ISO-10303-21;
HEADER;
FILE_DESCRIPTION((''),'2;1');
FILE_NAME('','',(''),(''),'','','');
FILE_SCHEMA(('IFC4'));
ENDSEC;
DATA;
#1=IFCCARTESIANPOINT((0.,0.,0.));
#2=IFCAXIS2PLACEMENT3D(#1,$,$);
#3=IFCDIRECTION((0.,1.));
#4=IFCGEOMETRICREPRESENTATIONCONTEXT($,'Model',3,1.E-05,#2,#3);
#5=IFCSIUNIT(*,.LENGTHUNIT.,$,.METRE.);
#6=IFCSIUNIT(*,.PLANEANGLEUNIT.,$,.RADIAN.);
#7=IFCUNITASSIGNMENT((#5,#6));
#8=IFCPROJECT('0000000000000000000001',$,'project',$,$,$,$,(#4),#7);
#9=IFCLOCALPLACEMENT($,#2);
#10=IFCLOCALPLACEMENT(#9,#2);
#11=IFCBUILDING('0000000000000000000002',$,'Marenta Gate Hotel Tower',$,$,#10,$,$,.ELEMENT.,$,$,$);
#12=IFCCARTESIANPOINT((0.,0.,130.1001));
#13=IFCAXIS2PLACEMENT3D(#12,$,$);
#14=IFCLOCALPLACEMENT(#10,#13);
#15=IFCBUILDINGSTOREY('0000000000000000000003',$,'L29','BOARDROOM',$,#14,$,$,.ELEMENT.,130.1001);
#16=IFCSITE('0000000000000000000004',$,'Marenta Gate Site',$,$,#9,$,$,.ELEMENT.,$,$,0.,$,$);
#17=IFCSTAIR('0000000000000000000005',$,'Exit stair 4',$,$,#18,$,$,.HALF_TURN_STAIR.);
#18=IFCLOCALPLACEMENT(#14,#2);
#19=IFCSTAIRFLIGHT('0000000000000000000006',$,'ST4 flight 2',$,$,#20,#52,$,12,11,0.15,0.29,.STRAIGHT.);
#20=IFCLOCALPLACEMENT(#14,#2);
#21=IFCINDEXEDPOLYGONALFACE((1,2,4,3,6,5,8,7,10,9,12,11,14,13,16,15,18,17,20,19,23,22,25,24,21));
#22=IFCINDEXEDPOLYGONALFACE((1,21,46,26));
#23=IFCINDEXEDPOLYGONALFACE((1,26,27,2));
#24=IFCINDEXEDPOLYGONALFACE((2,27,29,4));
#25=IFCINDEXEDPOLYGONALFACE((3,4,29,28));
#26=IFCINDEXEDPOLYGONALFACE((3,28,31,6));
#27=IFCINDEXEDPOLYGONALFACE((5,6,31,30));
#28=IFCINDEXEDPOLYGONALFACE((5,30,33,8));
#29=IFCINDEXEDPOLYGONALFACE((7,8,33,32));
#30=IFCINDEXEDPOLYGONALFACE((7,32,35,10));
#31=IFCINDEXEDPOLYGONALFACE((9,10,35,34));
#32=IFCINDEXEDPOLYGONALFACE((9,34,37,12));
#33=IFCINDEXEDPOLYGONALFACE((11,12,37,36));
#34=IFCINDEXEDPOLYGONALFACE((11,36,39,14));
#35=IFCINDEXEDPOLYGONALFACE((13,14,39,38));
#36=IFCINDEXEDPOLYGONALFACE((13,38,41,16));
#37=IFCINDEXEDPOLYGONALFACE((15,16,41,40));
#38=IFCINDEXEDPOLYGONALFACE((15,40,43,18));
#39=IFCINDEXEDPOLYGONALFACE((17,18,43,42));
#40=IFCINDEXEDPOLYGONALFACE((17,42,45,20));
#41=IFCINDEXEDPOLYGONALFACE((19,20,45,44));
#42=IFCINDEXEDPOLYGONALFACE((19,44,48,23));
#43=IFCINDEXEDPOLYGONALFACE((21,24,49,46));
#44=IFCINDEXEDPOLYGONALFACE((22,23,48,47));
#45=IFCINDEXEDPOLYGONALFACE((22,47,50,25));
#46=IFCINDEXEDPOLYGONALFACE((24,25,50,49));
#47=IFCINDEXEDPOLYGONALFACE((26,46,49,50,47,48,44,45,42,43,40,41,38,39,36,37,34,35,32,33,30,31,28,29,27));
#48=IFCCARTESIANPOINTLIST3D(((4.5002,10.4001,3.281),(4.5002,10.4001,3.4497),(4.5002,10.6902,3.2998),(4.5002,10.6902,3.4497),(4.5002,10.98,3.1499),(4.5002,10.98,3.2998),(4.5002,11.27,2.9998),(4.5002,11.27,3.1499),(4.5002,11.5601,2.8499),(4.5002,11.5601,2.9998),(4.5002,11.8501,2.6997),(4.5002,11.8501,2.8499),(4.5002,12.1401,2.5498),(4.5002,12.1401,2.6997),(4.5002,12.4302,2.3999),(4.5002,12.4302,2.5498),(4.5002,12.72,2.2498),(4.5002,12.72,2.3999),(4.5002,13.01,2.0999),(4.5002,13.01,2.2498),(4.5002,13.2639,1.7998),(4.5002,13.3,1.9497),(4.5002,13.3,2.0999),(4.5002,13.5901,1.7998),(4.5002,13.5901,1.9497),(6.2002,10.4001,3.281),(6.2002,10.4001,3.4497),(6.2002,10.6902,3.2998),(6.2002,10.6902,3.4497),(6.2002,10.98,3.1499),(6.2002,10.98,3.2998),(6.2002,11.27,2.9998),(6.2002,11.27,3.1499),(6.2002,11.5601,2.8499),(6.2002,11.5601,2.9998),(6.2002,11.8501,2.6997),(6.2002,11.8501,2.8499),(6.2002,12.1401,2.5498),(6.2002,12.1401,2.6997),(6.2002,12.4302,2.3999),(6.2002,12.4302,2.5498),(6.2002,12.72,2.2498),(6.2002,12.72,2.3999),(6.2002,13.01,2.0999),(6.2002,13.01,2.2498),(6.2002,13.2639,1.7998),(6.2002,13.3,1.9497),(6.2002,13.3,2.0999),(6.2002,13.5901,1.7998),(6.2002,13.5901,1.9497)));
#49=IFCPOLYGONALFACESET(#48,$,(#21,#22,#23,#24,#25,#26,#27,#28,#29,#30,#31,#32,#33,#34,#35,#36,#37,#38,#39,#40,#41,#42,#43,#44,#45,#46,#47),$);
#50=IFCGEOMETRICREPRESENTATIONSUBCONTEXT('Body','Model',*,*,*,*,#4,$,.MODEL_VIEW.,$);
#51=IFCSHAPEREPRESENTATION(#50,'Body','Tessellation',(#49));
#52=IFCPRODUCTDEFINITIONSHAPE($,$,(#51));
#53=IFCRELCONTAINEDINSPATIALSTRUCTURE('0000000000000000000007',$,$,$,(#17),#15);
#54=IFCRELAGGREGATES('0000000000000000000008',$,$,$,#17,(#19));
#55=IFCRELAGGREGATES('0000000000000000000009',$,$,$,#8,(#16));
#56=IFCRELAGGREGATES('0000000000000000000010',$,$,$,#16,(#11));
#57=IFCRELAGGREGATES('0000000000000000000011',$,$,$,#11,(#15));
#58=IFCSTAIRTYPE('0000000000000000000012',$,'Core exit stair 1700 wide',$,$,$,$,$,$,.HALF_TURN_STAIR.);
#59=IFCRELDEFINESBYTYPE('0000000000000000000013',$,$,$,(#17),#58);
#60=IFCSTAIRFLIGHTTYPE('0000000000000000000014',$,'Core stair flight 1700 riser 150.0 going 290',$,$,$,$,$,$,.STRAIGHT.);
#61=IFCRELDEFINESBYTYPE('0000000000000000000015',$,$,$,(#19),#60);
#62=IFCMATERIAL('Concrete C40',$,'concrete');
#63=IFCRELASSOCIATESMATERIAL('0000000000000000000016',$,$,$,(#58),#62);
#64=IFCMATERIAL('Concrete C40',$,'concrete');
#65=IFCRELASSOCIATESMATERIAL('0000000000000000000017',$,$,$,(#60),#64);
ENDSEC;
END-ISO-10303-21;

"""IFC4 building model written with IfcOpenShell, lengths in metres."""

from ifc_helpers import new_model, si_unit, direction, frame, origin, place, context, subcontext, project, spatial, polyline, outline, extrude, material, type_object, element, aggregate, save


model = new_model("IFC4")

# Units and contexts
model_context = context("Model", 3, precision=1e-05, world=origin(), true_north=direction((0.0, 1.0)))
body_context = subcontext(model_context, "Body", "Model", "MODEL_VIEW")
ifc_project = project(units=[si_unit("LENGTHUNIT", "METRE"), si_unit("PLANEANGLEUNIT", "RADIAN")], contexts=[model_context])

# Site, building, storey
site_placement = place(None, origin())
site = spatial("IfcSite", under=ifc_project, at=site_placement, Name="Marenta Gate Site", CompositionType="ELEMENT", RefElevation=0.0)
building_placement = place(site_placement, origin())
building = spatial("IfcBuilding", under=site, at=building_placement, Name="Marenta Gate Hotel Tower", CompositionType="ELEMENT")
storey_placement = place(building_placement, frame((0.0, 0.0, 130.1001)))
storey = spatial("IfcBuildingStorey", under=building, at=storey_placement, Name="L29", Description="BOARDROOM", CompositionType="ELEMENT", Elevation=130.1001)

# Shared definitions
ifc_material_1 = material(Name="Concrete C40", Category="concrete")
stair_type = type_object("IfcStairType", Name="Core exit stair 1700 wide", PredefinedType="HALF_TURN_STAIR", material=ifc_material_1)
ifc_material_2 = material(Name="Concrete C40", Category="concrete")
stair_flight_type = type_object("IfcStairFlightType", Name="Core stair flight 1700 riser 150.0 going 290", PredefinedType="STRAIGHT", material=ifc_material_2)

# Stair, stair flight
stair_1_placement = place(storey_placement, origin())
stair_1 = element("IfcStair", 1, at=stair_1_placement, inside=storey, type_object=stair_type, Name="Exit stair 4", PredefinedType="HALF_TURN_STAIR")
stair_flight_1_placement = place(storey_placement, frame((5.3501, 13.5901, 1.7998), z_axis=(0.0, 0.0, 1.0), x_axis=(0.0, -1.0, 0.0)))
stair_flight_1 = element("IfcStairFlight", 2, at=stair_flight_1_placement, type_object=stair_flight_type, Name="ST4 flight 2", NumberOfRisers=12, NumberOfTreads=11, PredefinedType="STRAIGHT", RiserHeight=0.15, TreadLength=0.29, context=body_context, shape_type="SweptSolid", body=[
    extrude(outline(polyline([(0.0, 0.0), (0.0, 0.1499), (0.29, 0.1499), (0.29, 0.3), (0.5801, 0.3), (0.5801, 0.45), (0.8701, 0.45), (0.8701, 0.6001), (1.1599, 0.6001), (1.1599, 0.75), (1.45, 0.75), (1.45, 0.8999), (1.74, 0.8999), (1.74, 1.05), (2.03, 1.05), (2.03, 1.2), (2.3201, 1.2), (2.3201, 1.3501), (2.6101, 1.3501), (2.6101, 1.5), (2.8999, 1.5), (2.8999, 1.6499), (3.1899, 1.6499), (3.1899, 1.8), (3.1899, 1.4812), (0.3262, 0.0), (0.0, 0.0)])), frame((0.0, 0.8501, 0.0), z_axis=(0.0, -1.0, 0.0), x_axis=(1.0, 0.0, 0.0)), (0.0, 0.0, 1.0), 1.7),
])
aggregate(stair_1, [stair_flight_1])

save(model, "model.ifc")
